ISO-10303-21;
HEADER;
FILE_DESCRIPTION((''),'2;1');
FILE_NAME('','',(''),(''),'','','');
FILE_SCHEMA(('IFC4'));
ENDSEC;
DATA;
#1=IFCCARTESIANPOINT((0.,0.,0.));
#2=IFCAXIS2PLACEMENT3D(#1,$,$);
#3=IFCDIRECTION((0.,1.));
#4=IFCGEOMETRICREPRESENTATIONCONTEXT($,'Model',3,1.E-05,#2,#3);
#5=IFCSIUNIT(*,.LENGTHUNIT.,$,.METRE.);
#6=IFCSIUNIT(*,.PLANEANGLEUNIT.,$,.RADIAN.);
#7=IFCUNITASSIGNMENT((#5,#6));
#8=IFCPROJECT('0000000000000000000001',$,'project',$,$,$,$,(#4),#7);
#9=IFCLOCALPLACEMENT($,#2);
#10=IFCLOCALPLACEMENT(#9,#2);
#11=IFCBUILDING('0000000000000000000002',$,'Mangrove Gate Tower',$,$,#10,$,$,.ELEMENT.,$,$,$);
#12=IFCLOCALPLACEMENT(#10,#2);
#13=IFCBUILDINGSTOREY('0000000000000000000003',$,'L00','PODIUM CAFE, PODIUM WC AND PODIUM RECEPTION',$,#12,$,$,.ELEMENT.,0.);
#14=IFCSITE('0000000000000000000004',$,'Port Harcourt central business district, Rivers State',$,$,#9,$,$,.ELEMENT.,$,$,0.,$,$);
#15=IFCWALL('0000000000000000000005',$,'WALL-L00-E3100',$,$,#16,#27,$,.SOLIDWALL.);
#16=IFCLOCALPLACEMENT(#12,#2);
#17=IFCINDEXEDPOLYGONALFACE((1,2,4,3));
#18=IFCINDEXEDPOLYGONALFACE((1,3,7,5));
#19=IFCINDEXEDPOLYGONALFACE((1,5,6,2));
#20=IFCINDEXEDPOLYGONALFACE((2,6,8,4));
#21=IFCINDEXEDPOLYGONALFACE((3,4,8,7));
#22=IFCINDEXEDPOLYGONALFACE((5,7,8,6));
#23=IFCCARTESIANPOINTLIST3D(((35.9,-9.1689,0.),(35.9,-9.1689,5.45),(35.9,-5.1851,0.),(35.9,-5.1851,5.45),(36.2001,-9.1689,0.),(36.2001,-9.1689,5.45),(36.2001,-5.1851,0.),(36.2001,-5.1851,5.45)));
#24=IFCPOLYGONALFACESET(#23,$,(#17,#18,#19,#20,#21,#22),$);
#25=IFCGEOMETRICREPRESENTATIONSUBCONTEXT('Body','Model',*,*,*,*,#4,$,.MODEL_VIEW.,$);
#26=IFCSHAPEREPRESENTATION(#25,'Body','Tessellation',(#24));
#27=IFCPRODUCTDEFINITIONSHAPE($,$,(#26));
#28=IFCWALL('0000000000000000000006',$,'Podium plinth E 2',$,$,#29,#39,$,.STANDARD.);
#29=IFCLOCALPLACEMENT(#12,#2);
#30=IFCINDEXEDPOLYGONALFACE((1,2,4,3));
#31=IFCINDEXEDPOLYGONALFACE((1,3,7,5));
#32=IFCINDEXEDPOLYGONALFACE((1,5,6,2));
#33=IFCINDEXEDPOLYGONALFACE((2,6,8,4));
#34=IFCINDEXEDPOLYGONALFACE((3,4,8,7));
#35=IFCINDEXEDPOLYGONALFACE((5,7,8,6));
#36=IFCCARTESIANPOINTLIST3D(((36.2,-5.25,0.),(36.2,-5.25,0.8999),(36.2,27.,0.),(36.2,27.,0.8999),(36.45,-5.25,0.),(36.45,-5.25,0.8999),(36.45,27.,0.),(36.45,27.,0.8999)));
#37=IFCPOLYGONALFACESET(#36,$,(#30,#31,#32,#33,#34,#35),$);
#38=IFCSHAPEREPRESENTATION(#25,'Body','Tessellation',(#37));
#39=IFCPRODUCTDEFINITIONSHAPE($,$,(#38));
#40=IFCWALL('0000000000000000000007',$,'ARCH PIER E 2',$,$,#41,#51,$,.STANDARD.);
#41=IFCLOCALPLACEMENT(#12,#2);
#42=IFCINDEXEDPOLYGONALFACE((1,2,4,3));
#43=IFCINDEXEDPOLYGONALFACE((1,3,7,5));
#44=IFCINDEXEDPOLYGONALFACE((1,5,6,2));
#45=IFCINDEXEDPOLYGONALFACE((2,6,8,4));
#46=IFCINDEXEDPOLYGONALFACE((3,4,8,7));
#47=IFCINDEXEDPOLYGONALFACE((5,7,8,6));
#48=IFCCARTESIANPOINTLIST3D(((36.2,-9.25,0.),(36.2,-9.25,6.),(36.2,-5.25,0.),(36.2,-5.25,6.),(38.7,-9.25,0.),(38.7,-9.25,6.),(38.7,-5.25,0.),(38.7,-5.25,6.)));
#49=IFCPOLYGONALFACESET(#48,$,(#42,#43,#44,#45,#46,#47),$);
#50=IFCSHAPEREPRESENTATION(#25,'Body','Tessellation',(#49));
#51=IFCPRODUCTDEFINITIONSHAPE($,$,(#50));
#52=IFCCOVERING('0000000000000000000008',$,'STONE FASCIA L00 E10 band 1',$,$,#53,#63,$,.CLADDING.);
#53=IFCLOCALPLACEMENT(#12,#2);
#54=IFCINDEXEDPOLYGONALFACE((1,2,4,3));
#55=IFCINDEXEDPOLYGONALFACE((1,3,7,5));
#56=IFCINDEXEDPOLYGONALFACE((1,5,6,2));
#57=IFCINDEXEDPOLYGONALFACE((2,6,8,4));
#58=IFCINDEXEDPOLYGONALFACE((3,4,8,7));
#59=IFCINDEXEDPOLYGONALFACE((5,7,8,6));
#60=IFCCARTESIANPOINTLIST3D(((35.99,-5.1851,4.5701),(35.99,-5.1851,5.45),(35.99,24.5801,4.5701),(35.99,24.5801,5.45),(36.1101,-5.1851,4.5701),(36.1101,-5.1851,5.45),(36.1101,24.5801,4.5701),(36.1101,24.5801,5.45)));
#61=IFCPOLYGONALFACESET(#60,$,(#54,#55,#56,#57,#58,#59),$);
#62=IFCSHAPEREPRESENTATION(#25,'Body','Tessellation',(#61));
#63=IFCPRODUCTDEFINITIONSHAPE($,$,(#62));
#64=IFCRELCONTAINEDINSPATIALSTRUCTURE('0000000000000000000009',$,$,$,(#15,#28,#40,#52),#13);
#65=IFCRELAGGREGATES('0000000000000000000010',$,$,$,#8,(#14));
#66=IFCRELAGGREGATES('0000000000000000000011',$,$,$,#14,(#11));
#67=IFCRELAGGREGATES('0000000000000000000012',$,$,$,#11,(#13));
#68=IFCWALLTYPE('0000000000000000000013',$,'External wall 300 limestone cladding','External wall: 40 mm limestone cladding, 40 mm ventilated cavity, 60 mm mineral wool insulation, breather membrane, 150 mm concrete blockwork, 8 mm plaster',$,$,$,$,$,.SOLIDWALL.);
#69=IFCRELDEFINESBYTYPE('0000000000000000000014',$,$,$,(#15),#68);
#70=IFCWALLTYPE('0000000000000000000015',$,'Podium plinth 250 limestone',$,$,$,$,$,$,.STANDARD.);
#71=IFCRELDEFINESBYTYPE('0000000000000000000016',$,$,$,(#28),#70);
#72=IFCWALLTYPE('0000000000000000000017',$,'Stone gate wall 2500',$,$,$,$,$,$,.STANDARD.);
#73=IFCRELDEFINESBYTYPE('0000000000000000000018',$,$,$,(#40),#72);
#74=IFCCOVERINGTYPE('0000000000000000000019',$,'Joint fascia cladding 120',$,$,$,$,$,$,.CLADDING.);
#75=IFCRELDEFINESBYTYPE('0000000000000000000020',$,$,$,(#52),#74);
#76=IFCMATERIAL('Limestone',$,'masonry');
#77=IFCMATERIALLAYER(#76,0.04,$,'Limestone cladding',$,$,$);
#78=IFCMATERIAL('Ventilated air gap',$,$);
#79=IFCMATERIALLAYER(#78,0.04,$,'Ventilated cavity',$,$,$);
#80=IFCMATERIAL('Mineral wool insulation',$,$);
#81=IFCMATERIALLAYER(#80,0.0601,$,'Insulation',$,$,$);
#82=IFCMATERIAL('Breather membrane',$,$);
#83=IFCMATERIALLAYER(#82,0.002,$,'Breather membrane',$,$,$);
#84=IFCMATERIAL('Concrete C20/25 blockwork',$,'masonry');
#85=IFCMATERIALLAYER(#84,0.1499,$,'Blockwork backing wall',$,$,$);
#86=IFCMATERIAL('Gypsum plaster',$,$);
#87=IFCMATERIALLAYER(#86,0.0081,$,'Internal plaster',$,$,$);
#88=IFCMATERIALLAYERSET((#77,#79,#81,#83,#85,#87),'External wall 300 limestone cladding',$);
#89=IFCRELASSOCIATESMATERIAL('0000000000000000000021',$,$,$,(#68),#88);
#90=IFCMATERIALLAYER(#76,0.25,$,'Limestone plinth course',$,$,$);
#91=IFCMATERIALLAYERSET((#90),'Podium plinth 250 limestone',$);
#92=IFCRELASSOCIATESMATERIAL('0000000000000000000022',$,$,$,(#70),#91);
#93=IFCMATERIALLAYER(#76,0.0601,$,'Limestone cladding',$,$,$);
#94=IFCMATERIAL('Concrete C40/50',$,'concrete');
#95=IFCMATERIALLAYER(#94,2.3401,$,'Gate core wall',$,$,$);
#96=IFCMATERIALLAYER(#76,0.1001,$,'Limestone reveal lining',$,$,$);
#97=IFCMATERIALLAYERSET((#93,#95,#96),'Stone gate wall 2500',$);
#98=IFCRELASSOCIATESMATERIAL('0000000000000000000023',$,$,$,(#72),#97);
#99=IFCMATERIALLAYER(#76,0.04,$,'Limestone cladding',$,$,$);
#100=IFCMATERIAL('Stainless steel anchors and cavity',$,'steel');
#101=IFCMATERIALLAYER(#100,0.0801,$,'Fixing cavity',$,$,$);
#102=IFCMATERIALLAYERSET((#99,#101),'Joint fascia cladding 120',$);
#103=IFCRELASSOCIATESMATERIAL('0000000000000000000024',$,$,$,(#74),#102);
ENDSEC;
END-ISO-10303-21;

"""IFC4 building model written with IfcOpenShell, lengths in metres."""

from ifc_helpers import new_model, si_unit, direction, frame, frame_2d, origin, place, context, subcontext, project, spatial, rectangle, extrude, material, layer, layer_set, type_object, element, save


model = new_model("IFC4")

# Units and contexts
model_context = context("Model", 3, precision=1e-05, world=origin(), true_north=direction((0.0, 1.0)))
body_context = subcontext(model_context, "Body", "Model", "MODEL_VIEW")
ifc_project = project(units=[si_unit("LENGTHUNIT", "METRE"), si_unit("PLANEANGLEUNIT", "RADIAN")], contexts=[model_context])

# Site, building, storey
site_placement = place(None, origin())
site = spatial("IfcSite", under=ifc_project, at=site_placement, Name="Port Harcourt central business district, Rivers State", CompositionType="ELEMENT", RefElevation=0.0)
building_placement = place(site_placement, origin())
building = spatial("IfcBuilding", under=site, at=building_placement, Name="Mangrove Gate Tower", CompositionType="ELEMENT")
storey_placement = place(building_placement, origin())
storey = spatial("IfcBuildingStorey", under=building, at=storey_placement, Name="L00", Description="PODIUM CAFE, PODIUM WC AND PODIUM RECEPTION", CompositionType="ELEMENT", Elevation=0.0)

# Walls
ifc_material_1 = material(Name="Limestone", Category="masonry")
ifc_layer_1 = layer(ifc_material_1, 0.04, Name="Limestone cladding")
ifc_material_2 = material(Name="Ventilated air gap")
ifc_layer_2 = layer(ifc_material_2, 0.04, Name="Ventilated cavity")
ifc_material_3 = material(Name="Mineral wool insulation")
ifc_layer_3 = layer(ifc_material_3, 0.0601, Name="Insulation")
ifc_material_4 = material(Name="Breather membrane")
ifc_layer_4 = layer(ifc_material_4, 0.002, Name="Breather membrane")
ifc_material_5 = material(Name="Concrete C20/25 blockwork", Category="masonry")
ifc_layer_5 = layer(ifc_material_5, 0.1499, Name="Blockwork backing wall")
ifc_material_6 = material(Name="Gypsum plaster")
ifc_layer_6 = layer(ifc_material_6, 0.0081, Name="Internal plaster")
ifc_layer_set_1 = layer_set([ifc_layer_1, ifc_layer_2, ifc_layer_3, ifc_layer_4, ifc_layer_5, ifc_layer_6], Name="External wall 300 limestone cladding")
wall_type_1 = type_object("IfcWallType", Name="External wall 300 limestone cladding", Description="External wall: 40 mm limestone cladding, 40 mm ventilated cavity, 60 mm mineral wool insulation, breather membrane, 150 mm concrete blockwork, 8 mm plaster", PredefinedType="SOLIDWALL", material=ifc_layer_set_1)
wall_1_placement = place(storey_placement, frame((36.05, -9.1689, 0.0), z_axis=(0.0, 0.0, 1.0), x_axis=(0.0, 1.0, 0.0)))
element("IfcWall", 1, at=wall_1_placement, inside=storey, type_object=wall_type_1, Name="WALL-L00-E3100", PredefinedType="SOLIDWALL", context=body_context, shape_type="SweptSolid", body=[
    extrude(rectangle(XDim=3.9839, YDim=0.3, at=frame_2d((1.9919, 0.0))), origin(), (0.0, 0.0, 1.0), 5.45),
])
ifc_layer_7 = layer(ifc_material_1, 0.25, Name="Limestone plinth course")
ifc_layer_set_2 = layer_set([ifc_layer_7], Name="Podium plinth 250 limestone")
wall_type_2 = type_object("IfcWallType", Name="Podium plinth 250 limestone", PredefinedType="STANDARD", material=ifc_layer_set_2)
wall_2_placement = place(storey_placement, frame((36.325, -5.25, 0.0), z_axis=(0.0, 0.0, 1.0), x_axis=(0.0, 1.0, 0.0)))
element("IfcWall", 2, at=wall_2_placement, inside=storey, type_object=wall_type_2, Name="Podium plinth E 2", PredefinedType="STANDARD", context=body_context, shape_type="SweptSolid", body=[
    extrude(rectangle(XDim=32.25, YDim=0.25, at=frame_2d((16.125, 0.0))), origin(), (0.0, 0.0, 1.0), 0.8999),
])
ifc_layer_8 = layer(ifc_material_1, 0.0601, Name="Limestone cladding")
ifc_material_7 = material(Name="Concrete C40/50", Category="concrete")
ifc_layer_9 = layer(ifc_material_7, 2.3401, Name="Gate core wall")
ifc_layer_10 = layer(ifc_material_1, 0.1001, Name="Limestone reveal lining")
ifc_layer_set_3 = layer_set([ifc_layer_8, ifc_layer_9, ifc_layer_10], Name="Stone gate wall 2500")
wall_type_3 = type_object("IfcWallType", Name="Stone gate wall 2500", PredefinedType="STANDARD", material=ifc_layer_set_3)
wall_3_placement = place(storey_placement, frame((37.45, -9.25, 0.0), z_axis=(0.0, 0.0, 1.0), x_axis=(0.0, 1.0, 0.0)))
element("IfcWall", 3, at=wall_3_placement, inside=storey, type_object=wall_type_3, Name="ARCH PIER E 2", PredefinedType="STANDARD", context=body_context, shape_type="SweptSolid", body=[
    extrude(rectangle(XDim=4.0, YDim=2.5, at=frame_2d((2.0, 0.0))), origin(), (0.0, 0.0, 1.0), 6.0),
])

# Covering
ifc_layer_11 = layer(ifc_material_1, 0.04, Name="Limestone cladding")
ifc_material_8 = material(Name="Stainless steel anchors and cavity", Category="steel")
ifc_layer_12 = layer(ifc_material_8, 0.0801, Name="Fixing cavity")
ifc_layer_set_4 = layer_set([ifc_layer_11, ifc_layer_12], Name="Joint fascia cladding 120")
covering_type = type_object("IfcCoveringType", Name="Joint fascia cladding 120", PredefinedType="CLADDING", material=ifc_layer_set_4)
covering_placement = place(storey_placement, frame((36.05, -5.1851, 4.5701), z_axis=(0.0, 0.0, 1.0), x_axis=(0.0, 1.0, 0.0)))
element("IfcCovering", 4, at=covering_placement, inside=storey, type_object=covering_type, Name="STONE FASCIA L00 E10 band 1", PredefinedType="CLADDING", context=body_context, shape_type="SweptSolid", body=[
    extrude(rectangle(XDim=29.7651, YDim=0.1201, at=frame_2d((14.8826, 0.0))), origin(), (0.0, 0.0, 1.0), 0.8799),
])

save(model, "model.ifc")
